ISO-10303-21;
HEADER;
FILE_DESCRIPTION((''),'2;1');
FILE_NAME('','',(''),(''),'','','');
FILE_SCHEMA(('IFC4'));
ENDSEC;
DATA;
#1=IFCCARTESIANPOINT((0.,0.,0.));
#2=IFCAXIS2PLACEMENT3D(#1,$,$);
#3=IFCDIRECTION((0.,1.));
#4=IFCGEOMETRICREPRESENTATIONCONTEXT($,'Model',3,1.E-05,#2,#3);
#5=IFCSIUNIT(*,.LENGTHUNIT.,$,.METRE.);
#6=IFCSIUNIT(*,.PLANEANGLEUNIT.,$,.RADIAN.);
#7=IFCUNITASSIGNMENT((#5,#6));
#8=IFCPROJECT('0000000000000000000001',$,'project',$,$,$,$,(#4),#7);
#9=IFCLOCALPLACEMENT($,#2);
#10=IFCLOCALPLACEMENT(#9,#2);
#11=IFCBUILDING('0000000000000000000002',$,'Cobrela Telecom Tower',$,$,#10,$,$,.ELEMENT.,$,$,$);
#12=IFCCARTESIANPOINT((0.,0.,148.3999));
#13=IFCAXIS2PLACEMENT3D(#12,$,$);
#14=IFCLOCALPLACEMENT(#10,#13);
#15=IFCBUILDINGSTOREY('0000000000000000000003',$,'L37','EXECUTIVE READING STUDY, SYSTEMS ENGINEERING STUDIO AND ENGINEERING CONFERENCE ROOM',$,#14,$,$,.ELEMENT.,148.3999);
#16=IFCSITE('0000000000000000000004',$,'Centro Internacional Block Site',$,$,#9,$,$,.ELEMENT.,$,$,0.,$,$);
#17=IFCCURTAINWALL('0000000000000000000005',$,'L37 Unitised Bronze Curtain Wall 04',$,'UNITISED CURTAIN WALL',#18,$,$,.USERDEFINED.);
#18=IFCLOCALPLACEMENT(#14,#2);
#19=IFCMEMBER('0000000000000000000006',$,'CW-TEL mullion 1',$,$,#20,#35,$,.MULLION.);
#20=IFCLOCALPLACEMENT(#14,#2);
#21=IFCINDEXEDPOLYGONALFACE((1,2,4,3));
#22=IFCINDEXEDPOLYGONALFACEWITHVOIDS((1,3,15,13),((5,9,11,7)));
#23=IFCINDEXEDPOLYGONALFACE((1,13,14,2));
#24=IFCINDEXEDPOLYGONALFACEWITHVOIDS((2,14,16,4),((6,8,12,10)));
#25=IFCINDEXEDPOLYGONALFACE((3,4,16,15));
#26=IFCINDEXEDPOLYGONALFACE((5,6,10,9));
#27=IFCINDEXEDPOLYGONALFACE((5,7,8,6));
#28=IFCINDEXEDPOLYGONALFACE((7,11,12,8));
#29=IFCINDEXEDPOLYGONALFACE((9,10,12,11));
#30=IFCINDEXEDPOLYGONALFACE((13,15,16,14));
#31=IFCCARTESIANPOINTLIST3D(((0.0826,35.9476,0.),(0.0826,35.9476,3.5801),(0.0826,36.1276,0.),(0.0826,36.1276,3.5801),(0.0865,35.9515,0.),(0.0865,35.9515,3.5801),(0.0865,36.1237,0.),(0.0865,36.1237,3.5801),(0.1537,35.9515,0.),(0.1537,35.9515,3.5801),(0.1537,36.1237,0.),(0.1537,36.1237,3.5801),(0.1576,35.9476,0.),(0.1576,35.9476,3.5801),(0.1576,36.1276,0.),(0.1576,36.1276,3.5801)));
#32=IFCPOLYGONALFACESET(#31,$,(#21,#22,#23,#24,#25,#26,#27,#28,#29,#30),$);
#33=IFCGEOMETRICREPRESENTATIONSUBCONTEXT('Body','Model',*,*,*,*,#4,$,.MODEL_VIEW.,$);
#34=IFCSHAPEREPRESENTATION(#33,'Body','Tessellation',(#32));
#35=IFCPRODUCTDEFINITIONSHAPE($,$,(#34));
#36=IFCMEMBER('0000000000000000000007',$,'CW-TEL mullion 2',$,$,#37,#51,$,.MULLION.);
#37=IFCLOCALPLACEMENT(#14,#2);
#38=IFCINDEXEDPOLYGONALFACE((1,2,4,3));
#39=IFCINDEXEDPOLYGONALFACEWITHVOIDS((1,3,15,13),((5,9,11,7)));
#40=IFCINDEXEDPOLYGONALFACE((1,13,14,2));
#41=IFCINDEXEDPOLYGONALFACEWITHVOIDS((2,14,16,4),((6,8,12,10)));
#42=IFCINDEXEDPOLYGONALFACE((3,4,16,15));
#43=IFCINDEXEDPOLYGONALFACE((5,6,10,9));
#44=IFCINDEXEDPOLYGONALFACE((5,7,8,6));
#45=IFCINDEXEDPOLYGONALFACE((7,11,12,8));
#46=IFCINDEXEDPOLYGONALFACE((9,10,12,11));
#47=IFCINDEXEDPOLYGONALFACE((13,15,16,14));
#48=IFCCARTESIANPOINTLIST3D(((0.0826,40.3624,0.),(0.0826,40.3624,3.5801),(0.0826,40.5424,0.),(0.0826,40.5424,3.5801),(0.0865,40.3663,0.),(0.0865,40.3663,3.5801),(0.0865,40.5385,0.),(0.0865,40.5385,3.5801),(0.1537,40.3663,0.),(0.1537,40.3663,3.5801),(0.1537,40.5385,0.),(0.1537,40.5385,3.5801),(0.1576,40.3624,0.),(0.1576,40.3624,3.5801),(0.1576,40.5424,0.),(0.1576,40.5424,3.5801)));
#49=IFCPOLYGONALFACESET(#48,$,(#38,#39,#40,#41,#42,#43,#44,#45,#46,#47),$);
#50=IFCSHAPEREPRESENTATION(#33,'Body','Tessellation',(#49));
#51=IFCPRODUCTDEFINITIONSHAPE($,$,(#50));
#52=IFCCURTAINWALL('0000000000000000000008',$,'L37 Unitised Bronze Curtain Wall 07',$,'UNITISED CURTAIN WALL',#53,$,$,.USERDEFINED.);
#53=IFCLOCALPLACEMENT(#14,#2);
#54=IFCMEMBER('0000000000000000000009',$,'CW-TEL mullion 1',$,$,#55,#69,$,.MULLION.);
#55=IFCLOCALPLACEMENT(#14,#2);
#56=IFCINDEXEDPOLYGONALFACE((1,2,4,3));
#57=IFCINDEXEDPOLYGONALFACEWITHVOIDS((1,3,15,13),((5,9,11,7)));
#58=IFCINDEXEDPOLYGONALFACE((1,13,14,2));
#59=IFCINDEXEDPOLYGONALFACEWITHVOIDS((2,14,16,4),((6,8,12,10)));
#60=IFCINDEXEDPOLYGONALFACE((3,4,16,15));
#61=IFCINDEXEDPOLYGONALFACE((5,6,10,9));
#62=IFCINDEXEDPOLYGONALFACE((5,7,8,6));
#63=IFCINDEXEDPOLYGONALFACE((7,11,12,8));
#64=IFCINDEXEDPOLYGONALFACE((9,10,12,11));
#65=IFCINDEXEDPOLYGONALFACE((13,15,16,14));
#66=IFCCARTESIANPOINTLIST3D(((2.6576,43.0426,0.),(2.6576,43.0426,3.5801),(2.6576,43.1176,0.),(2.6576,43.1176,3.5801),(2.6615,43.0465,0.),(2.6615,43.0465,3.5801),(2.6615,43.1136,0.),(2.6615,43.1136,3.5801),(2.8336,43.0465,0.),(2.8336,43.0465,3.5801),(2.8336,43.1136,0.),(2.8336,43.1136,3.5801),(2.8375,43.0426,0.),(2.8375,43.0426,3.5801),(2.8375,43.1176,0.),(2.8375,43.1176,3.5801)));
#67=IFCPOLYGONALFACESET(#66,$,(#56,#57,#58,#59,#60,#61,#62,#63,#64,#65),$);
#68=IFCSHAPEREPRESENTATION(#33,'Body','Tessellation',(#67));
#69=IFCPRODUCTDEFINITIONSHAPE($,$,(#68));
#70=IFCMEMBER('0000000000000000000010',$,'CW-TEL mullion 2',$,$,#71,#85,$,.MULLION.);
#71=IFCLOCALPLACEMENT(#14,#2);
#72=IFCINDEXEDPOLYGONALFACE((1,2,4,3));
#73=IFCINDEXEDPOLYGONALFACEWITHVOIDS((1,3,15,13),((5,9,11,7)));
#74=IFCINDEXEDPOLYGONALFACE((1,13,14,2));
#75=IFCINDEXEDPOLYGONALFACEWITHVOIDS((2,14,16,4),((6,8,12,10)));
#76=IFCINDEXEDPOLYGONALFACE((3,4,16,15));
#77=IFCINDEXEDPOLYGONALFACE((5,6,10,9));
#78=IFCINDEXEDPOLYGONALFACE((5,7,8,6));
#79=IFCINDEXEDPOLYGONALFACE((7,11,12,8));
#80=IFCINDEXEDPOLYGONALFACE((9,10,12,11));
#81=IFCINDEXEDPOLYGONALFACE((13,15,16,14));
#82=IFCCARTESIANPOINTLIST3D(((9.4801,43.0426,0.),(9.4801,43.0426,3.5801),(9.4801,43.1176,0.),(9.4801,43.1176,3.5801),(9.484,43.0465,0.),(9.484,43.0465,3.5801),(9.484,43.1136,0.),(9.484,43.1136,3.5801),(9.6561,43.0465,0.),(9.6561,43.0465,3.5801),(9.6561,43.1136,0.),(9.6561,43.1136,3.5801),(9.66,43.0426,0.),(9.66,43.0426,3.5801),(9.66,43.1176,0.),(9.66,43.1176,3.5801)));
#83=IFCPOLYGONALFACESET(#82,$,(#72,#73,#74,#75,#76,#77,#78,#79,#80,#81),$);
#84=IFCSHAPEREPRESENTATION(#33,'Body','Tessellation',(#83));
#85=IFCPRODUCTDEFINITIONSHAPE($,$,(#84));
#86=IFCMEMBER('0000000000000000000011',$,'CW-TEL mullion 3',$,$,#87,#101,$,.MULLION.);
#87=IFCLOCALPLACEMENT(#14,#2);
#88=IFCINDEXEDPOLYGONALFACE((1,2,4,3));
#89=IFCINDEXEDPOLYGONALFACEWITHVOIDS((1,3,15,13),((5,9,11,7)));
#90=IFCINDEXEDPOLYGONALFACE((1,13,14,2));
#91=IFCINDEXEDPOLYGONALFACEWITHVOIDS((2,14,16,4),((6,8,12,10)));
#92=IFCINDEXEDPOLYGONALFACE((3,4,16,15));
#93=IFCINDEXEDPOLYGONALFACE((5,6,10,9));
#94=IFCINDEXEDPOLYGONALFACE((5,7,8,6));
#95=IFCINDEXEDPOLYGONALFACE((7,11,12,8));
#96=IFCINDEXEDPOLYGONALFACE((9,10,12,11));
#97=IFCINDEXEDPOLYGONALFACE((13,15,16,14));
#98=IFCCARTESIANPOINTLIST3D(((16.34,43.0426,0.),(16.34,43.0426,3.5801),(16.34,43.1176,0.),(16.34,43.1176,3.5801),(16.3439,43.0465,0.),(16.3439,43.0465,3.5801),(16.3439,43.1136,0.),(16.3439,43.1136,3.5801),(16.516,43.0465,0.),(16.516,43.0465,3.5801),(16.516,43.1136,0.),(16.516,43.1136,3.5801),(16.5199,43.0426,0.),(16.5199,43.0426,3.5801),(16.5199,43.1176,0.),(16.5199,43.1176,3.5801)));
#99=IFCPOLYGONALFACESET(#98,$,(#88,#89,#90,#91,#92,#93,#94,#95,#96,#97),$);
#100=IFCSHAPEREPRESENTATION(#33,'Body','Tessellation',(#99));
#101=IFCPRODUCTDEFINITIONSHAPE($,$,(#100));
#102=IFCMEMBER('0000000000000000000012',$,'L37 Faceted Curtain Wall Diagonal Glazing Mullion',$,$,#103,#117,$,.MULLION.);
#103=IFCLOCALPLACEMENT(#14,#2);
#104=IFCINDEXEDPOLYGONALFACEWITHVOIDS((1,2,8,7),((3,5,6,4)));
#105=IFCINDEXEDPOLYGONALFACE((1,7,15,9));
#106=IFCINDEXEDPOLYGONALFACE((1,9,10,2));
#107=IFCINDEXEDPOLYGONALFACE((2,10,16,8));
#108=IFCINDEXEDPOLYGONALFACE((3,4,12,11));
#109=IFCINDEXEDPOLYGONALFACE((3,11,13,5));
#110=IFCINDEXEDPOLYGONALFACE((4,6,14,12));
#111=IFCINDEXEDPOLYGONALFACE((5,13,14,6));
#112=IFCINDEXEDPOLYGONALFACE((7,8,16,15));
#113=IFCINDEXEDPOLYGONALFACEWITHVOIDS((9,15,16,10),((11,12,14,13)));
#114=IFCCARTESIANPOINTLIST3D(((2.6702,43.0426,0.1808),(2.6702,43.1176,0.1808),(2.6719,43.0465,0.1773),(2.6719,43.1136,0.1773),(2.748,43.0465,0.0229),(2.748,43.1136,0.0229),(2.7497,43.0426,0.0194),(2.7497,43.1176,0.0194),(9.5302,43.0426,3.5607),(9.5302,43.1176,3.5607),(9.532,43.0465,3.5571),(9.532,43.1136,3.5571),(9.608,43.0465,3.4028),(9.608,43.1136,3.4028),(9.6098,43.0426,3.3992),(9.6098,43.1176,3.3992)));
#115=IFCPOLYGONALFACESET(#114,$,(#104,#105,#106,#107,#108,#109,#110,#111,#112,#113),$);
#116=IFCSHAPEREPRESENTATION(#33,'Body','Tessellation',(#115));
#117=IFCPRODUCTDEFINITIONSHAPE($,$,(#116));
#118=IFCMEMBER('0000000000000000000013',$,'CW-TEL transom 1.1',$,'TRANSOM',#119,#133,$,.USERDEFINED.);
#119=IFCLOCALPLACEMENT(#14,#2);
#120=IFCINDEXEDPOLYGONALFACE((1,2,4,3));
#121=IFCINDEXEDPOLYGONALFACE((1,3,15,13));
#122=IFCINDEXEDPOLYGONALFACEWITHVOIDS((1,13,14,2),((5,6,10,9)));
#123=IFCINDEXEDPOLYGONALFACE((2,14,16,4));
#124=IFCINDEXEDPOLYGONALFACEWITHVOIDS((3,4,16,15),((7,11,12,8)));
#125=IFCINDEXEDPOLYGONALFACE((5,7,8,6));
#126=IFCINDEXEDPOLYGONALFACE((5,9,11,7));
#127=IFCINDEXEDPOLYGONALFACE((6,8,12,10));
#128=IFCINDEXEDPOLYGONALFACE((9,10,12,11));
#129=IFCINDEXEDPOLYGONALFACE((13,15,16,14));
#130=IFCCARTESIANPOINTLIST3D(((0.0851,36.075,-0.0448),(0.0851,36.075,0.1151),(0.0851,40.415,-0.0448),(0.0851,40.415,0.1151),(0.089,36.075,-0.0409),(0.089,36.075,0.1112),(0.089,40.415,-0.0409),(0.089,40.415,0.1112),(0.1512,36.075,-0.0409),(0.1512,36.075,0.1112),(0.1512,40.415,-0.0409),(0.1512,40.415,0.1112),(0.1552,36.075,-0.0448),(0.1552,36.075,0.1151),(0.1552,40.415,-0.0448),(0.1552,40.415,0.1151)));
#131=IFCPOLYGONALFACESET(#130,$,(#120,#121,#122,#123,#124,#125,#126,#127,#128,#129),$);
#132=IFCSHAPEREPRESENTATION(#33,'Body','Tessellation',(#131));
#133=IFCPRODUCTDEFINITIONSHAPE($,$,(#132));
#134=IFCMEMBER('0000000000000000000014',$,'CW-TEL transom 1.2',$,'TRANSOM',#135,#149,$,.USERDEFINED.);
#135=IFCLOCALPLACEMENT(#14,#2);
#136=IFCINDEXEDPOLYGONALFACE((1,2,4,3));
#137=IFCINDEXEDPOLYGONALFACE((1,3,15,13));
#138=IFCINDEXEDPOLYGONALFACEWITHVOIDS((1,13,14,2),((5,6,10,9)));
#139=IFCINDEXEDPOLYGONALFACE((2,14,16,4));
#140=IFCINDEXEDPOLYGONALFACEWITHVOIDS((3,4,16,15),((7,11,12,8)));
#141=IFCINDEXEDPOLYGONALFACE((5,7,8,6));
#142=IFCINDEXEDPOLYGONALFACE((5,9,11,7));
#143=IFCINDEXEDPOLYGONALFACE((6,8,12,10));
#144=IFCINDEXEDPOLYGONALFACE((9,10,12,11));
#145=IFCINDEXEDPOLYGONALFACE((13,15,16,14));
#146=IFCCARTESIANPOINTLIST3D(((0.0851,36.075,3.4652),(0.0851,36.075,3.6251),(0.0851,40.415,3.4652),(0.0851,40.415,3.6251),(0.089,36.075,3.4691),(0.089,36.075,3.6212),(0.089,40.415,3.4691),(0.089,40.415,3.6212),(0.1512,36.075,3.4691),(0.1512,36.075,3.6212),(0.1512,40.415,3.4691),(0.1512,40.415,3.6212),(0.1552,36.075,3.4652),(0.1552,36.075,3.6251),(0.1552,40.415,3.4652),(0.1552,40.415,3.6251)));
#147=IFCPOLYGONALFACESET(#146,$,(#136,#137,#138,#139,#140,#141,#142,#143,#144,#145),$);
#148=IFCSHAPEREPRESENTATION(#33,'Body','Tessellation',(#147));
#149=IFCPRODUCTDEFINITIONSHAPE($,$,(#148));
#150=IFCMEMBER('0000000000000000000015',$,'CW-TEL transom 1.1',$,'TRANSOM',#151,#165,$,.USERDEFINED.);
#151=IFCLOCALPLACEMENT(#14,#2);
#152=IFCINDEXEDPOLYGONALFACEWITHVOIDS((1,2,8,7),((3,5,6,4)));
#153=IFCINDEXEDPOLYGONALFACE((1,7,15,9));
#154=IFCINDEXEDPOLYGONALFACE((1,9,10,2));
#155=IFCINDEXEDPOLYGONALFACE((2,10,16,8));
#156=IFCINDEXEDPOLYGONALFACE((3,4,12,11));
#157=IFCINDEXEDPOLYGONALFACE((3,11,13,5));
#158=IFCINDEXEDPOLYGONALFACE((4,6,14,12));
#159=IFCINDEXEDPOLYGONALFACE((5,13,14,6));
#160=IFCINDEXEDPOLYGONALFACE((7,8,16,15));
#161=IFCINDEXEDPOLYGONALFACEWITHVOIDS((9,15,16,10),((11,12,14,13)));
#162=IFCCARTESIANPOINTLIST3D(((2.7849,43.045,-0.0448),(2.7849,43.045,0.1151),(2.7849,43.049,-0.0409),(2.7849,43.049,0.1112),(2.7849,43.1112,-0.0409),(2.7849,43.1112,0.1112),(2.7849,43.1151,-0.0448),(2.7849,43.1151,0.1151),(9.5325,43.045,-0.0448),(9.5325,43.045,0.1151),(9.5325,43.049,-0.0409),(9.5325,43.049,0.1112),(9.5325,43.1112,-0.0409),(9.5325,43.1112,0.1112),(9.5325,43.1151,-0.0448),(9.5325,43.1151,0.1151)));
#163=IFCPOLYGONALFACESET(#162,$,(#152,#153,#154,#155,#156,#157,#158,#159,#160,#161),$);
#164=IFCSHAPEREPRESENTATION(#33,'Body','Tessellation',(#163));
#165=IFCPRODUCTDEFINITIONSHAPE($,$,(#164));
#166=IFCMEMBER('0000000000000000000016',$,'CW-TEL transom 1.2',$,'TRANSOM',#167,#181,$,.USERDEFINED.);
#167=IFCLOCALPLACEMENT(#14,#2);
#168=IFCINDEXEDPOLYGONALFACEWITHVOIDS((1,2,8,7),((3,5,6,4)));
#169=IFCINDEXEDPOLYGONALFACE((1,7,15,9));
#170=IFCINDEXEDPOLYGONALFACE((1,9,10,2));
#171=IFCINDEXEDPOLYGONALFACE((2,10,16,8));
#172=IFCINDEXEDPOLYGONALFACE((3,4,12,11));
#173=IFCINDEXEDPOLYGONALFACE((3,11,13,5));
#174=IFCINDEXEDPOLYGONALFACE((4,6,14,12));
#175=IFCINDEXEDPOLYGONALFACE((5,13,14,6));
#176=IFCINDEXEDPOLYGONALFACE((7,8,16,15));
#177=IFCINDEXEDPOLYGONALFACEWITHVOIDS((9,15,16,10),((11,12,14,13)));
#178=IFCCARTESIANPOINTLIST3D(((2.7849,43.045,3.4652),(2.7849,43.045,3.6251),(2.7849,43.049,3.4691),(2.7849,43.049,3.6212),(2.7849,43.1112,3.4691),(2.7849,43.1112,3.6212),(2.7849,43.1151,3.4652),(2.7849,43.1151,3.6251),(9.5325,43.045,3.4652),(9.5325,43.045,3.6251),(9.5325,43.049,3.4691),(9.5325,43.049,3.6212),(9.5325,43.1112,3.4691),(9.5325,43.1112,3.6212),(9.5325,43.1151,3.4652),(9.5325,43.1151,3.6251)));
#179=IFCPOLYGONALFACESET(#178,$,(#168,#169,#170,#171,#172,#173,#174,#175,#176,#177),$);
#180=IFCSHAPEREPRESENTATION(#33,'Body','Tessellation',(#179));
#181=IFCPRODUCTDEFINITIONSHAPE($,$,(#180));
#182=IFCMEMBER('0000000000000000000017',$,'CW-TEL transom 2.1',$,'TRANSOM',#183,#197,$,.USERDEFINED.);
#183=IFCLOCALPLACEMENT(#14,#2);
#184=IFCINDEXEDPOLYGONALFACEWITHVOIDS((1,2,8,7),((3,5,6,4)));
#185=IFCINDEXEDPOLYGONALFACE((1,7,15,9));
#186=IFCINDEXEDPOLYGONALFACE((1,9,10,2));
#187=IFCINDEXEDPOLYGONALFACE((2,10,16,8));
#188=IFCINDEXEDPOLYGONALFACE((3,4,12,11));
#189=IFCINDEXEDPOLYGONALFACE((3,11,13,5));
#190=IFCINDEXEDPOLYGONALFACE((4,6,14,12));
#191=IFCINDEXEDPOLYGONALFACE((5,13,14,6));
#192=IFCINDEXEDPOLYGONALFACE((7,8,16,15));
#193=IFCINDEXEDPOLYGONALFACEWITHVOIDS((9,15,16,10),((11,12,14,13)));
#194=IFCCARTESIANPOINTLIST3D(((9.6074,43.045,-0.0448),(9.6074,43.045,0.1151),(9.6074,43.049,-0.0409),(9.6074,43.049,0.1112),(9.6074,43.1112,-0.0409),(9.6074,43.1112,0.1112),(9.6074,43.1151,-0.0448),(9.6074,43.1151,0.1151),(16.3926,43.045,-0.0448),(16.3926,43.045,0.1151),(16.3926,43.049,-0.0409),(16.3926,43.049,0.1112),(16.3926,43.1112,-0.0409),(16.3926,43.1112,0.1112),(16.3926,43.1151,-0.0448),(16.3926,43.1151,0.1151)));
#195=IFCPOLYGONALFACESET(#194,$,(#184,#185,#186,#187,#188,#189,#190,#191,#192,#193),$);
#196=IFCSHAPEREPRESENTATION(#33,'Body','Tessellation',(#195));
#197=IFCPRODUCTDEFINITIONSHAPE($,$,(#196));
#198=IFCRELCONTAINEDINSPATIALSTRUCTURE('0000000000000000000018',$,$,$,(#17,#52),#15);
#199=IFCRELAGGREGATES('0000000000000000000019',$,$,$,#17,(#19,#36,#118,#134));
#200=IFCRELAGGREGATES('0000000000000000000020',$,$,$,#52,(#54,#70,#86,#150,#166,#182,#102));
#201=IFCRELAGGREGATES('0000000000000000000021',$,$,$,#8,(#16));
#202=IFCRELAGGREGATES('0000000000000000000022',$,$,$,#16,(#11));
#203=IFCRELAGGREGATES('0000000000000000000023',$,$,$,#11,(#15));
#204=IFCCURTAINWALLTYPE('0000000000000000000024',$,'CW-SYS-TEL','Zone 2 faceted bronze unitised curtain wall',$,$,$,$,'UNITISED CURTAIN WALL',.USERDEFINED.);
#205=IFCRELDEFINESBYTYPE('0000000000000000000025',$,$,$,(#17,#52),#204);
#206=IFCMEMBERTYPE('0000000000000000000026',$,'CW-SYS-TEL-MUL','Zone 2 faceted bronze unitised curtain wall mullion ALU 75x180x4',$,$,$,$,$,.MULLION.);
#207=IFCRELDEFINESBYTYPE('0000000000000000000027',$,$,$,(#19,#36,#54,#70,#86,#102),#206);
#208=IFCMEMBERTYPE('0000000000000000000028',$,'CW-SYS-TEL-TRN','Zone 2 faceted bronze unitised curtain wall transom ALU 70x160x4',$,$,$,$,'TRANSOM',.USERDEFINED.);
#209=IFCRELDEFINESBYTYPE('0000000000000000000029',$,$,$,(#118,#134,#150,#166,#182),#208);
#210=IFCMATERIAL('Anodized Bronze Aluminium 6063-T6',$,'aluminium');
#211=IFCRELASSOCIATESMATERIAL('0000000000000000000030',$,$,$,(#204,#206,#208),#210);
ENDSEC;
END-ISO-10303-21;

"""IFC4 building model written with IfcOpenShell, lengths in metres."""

from ifc_helpers import new_model, si_unit, direction, frame, origin, origin_2d, place, context, subcontext, project, spatial, hollow_rectangle, extrude, material, material_profile, profile_set, type_object, element, aggregate, save


model = new_model("IFC4")

# Units and contexts
model_context = context("Model", 3, precision=1e-05, world=origin(), true_north=direction((0.0, 1.0)))
body_context = subcontext(model_context, "Body", "Model", "MODEL_VIEW")
ifc_project = project(units=[si_unit("LENGTHUNIT", "METRE"), si_unit("PLANEANGLEUNIT", "RADIAN")], contexts=[model_context])

# Site, building, storey
site_placement = place(None, origin())
site = spatial("IfcSite", under=ifc_project, at=site_placement, Name="Centro Internacional Block Site", CompositionType="ELEMENT", RefElevation=0.0)
building_placement = place(site_placement, origin())
building = spatial("IfcBuilding", under=site, at=building_placement, Name="Cobrela Telecom Tower", CompositionType="ELEMENT")
storey_placement = place(building_placement, frame((0.0, 0.0, 148.3999)))
storey = spatial("IfcBuildingStorey", under=building, at=storey_placement, Name="L37", Description="EXECUTIVE READING STUDY, SYSTEMS ENGINEERING STUDIO AND ENGINEERING CONFERENCE ROOM", CompositionType="ELEMENT", Elevation=148.3999)

# Curtain walls, members
ifc_material_1 = material(Name="Anodized Bronze Aluminium 6063-T6", Category="aluminium")
curtain_wall_type = type_object("IfcCurtainWallType", Name="CW-SYS-TEL", Description="Zone 2 faceted bronze unitised curtain wall", ElementType="UNITISED CURTAIN WALL", PredefinedType="USERDEFINED", material=ifc_material_1)
curtain_wall_1_placement = place(storey_placement, origin())
curtain_wall_1 = element("IfcCurtainWall", 1, at=curtain_wall_1_placement, inside=storey, type_object=curtain_wall_type, Name="L37 Unitised Bronze Curtain Wall 04", ObjectType="UNITISED CURTAIN WALL", PredefinedType="USERDEFINED")
ifc_material_profile_1 = material_profile(ifc_material_1, hollow_rectangle(XDim=0.075, YDim=0.1799, WallThickness=0.0039, at=origin_2d()), Name="ALU 75x180x4")
ifc_profile_set_1 = profile_set([ifc_material_profile_1], Name="Anodized Bronze Aluminium 6063-T6")
member_type_1 = type_object("IfcMemberType", Name="CW-SYS-TEL-MUL", Description="Zone 2 faceted bronze unitised curtain wall mullion ALU 75x180x4", PredefinedType="MULLION", material=ifc_profile_set_1)
member_1_placement = place(storey_placement, frame((0.1201, 36.0376, 0.0), z_axis=(0.0, 0.0, 1.0), x_axis=(-1.0, 0.0, 0.0)))
member_1 = element("IfcMember", 2, at=member_1_placement, type_object=member_type_1, Name="CW-TEL mullion 1", PredefinedType="MULLION", context=body_context, shape_type="SweptSolid", body=[
    extrude(hollow_rectangle(XDim=0.075, YDim=0.1799, WallThickness=0.0039, at=origin_2d()), origin(), (0.0, 0.0, 1.0), 3.5801),
])
member_2_placement = place(storey_placement, frame((0.1201, 40.4524, 0.0), z_axis=(0.0, 0.0, 1.0), x_axis=(-1.0, 0.0, 0.0)))
member_2 = element("IfcMember", 3, at=member_2_placement, type_object=member_type_1, Name="CW-TEL mullion 2", PredefinedType="MULLION", context=body_context, shape_type="SweptSolid", body=[
    extrude(hollow_rectangle(XDim=0.075, YDim=0.1799, WallThickness=0.0039, at=origin_2d()), origin(), (0.0, 0.0, 1.0), 3.5801),
])
curtain_wall_2_placement = place(storey_placement, origin())
curtain_wall_2 = element("IfcCurtainWall", 4, at=curtain_wall_2_placement, inside=storey, type_object=curtain_wall_type, Name="L37 Unitised Bronze Curtain Wall 07", ObjectType="UNITISED CURTAIN WALL", PredefinedType="USERDEFINED")
member_3_placement = place(storey_placement, frame((2.7476, 43.0801, 0.0), z_axis=(0.0, 0.0, 1.0), x_axis=(0.0, 1.0, 0.0)))
member_3 = element("IfcMember", 5, at=member_3_placement, type_object=member_type_1, Name="CW-TEL mullion 1", PredefinedType="MULLION", context=body_context, shape_type="SweptSolid", body=[
    extrude(hollow_rectangle(XDim=0.075, YDim=0.1799, WallThickness=0.0039, at=origin_2d()), origin(), (0.0, 0.0, 1.0), 3.5801),
])
member_4_placement = place(storey_placement, frame((9.5701, 43.0801, 0.0), z_axis=(0.0, 0.0, 1.0), x_axis=(0.0, 1.0, 0.0)))
member_4 = element("IfcMember", 6, at=member_4_placement, type_object=member_type_1, Name="CW-TEL mullion 2", PredefinedType="MULLION", context=body_context, shape_type="SweptSolid", body=[
    extrude(hollow_rectangle(XDim=0.075, YDim=0.1799, WallThickness=0.0039, at=origin_2d()), origin(), (0.0, 0.0, 1.0), 3.5801),
])
member_5_placement = place(storey_placement, frame((16.4299, 43.0801, 0.0), z_axis=(0.0, 0.0, 1.0), x_axis=(0.0, 1.0, 0.0)))
member_5 = element("IfcMember", 7, at=member_5_placement, type_object=member_type_1, Name="CW-TEL mullion 3", PredefinedType="MULLION", context=body_context, shape_type="SweptSolid", body=[
    extrude(hollow_rectangle(XDim=0.075, YDim=0.1799, WallThickness=0.0039, at=origin_2d()), origin(), (0.0, 0.0, 1.0), 3.5801),
])
member_6_placement = place(storey_placement, frame((2.71, 43.0801, 0.1001), z_axis=(0.897036, 0.0, 0.441958), x_axis=(0.0, 1.0, 0.0)))
member_6 = element("IfcMember", 8, at=member_6_placement, type_object=member_type_1, Name="L37 Faceted Curtain Wall Diagonal Glazing Mullion", PredefinedType="MULLION", context=body_context, shape_type="SweptSolid", body=[
    extrude(hollow_rectangle(XDim=0.075, YDim=0.1799, WallThickness=0.0039, at=origin_2d()), origin(), (0.0, 0.0, 1.0), 7.6475),
])

# Members
ifc_material_profile_2 = material_profile(ifc_material_1, hollow_rectangle(XDim=0.0701, YDim=0.1599, WallThickness=0.0039, at=origin_2d()), Name="ALU 70x160x4")
ifc_profile_set_2 = profile_set([ifc_material_profile_2], Name="Anodized Bronze Aluminium 6063-T6")
member_type_2 = type_object("IfcMemberType", Name="CW-SYS-TEL-TRN", Description="Zone 2 faceted bronze unitised curtain wall transom ALU 70x160x4", ElementType="TRANSOM", PredefinedType="USERDEFINED", material=ifc_profile_set_2)
member_7_placement = place(storey_placement, frame((0.1201, 36.075, 0.0352), z_axis=(0.0, 1.0, 0.0), x_axis=(-1.0, 0.0, 0.0)))
member_7 = element("IfcMember", 9, at=member_7_placement, type_object=member_type_2, Name="CW-TEL transom 1.1", ObjectType="TRANSOM", PredefinedType="USERDEFINED", context=body_context, shape_type="SweptSolid", body=[
    extrude(hollow_rectangle(XDim=0.0701, YDim=0.1599, WallThickness=0.0039, at=origin_2d()), origin(), (0.0, 0.0, 1.0), 4.3401),
])
member_8_placement = place(storey_placement, frame((0.1201, 36.075, 3.5452), z_axis=(0.0, 1.0, 0.0), x_axis=(-1.0, 0.0, 0.0)))
member_8 = element("IfcMember", 10, at=member_8_placement, type_object=member_type_2, Name="CW-TEL transom 1.2", ObjectType="TRANSOM", PredefinedType="USERDEFINED", context=body_context, shape_type="SweptSolid", body=[
    extrude(hollow_rectangle(XDim=0.0701, YDim=0.1599, WallThickness=0.0039, at=origin_2d()), origin(), (0.0, 0.0, 1.0), 4.3401),
])
member_9_placement = place(storey_placement, frame((2.7849, 43.0801, 0.0352), z_axis=(1.0, 0.0, 0.0), x_axis=(0.0, 1.0, 0.0)))
member_9 = element("IfcMember", 11, at=member_9_placement, type_object=member_type_2, Name="CW-TEL transom 1.1", ObjectType="TRANSOM", PredefinedType="USERDEFINED", context=body_context, shape_type="SweptSolid", body=[
    extrude(hollow_rectangle(XDim=0.0701, YDim=0.1599, WallThickness=0.0039, at=origin_2d()), origin(), (0.0, 0.0, 1.0), 6.7476),
])
member_10_placement = place(storey_placement, frame((2.7849, 43.0801, 3.5452), z_axis=(1.0, 0.0, 0.0), x_axis=(0.0, 1.0, 0.0)))
member_10 = element("IfcMember", 12, at=member_10_placement, type_object=member_type_2, Name="CW-TEL transom 1.2", ObjectType="TRANSOM", PredefinedType="USERDEFINED", context=body_context, shape_type="SweptSolid", body=[
    extrude(hollow_rectangle(XDim=0.0701, YDim=0.1599, WallThickness=0.0039, at=origin_2d()), origin(), (0.0, 0.0, 1.0), 6.7476),
])
member_11_placement = place(storey_placement, frame((9.6074, 43.0801, 0.0352), z_axis=(1.0, 0.0, 0.0), x_axis=(0.0, 1.0, 0.0)))
member_11 = element("IfcMember", 13, at=member_11_placement, type_object=member_type_2, Name="CW-TEL transom 2.1", ObjectType="TRANSOM", PredefinedType="USERDEFINED", context=body_context, shape_type="SweptSolid", body=[
    extrude(hollow_rectangle(XDim=0.0701, YDim=0.1599, WallThickness=0.0039, at=origin_2d()), origin(), (0.0, 0.0, 1.0), 6.7852),
])

aggregate(curtain_wall_1, [member_1, member_2, member_7, member_8])
aggregate(curtain_wall_2, [member_3, member_4, member_5, member_9, member_10, member_11, member_6])

save(model, "model.ifc")
